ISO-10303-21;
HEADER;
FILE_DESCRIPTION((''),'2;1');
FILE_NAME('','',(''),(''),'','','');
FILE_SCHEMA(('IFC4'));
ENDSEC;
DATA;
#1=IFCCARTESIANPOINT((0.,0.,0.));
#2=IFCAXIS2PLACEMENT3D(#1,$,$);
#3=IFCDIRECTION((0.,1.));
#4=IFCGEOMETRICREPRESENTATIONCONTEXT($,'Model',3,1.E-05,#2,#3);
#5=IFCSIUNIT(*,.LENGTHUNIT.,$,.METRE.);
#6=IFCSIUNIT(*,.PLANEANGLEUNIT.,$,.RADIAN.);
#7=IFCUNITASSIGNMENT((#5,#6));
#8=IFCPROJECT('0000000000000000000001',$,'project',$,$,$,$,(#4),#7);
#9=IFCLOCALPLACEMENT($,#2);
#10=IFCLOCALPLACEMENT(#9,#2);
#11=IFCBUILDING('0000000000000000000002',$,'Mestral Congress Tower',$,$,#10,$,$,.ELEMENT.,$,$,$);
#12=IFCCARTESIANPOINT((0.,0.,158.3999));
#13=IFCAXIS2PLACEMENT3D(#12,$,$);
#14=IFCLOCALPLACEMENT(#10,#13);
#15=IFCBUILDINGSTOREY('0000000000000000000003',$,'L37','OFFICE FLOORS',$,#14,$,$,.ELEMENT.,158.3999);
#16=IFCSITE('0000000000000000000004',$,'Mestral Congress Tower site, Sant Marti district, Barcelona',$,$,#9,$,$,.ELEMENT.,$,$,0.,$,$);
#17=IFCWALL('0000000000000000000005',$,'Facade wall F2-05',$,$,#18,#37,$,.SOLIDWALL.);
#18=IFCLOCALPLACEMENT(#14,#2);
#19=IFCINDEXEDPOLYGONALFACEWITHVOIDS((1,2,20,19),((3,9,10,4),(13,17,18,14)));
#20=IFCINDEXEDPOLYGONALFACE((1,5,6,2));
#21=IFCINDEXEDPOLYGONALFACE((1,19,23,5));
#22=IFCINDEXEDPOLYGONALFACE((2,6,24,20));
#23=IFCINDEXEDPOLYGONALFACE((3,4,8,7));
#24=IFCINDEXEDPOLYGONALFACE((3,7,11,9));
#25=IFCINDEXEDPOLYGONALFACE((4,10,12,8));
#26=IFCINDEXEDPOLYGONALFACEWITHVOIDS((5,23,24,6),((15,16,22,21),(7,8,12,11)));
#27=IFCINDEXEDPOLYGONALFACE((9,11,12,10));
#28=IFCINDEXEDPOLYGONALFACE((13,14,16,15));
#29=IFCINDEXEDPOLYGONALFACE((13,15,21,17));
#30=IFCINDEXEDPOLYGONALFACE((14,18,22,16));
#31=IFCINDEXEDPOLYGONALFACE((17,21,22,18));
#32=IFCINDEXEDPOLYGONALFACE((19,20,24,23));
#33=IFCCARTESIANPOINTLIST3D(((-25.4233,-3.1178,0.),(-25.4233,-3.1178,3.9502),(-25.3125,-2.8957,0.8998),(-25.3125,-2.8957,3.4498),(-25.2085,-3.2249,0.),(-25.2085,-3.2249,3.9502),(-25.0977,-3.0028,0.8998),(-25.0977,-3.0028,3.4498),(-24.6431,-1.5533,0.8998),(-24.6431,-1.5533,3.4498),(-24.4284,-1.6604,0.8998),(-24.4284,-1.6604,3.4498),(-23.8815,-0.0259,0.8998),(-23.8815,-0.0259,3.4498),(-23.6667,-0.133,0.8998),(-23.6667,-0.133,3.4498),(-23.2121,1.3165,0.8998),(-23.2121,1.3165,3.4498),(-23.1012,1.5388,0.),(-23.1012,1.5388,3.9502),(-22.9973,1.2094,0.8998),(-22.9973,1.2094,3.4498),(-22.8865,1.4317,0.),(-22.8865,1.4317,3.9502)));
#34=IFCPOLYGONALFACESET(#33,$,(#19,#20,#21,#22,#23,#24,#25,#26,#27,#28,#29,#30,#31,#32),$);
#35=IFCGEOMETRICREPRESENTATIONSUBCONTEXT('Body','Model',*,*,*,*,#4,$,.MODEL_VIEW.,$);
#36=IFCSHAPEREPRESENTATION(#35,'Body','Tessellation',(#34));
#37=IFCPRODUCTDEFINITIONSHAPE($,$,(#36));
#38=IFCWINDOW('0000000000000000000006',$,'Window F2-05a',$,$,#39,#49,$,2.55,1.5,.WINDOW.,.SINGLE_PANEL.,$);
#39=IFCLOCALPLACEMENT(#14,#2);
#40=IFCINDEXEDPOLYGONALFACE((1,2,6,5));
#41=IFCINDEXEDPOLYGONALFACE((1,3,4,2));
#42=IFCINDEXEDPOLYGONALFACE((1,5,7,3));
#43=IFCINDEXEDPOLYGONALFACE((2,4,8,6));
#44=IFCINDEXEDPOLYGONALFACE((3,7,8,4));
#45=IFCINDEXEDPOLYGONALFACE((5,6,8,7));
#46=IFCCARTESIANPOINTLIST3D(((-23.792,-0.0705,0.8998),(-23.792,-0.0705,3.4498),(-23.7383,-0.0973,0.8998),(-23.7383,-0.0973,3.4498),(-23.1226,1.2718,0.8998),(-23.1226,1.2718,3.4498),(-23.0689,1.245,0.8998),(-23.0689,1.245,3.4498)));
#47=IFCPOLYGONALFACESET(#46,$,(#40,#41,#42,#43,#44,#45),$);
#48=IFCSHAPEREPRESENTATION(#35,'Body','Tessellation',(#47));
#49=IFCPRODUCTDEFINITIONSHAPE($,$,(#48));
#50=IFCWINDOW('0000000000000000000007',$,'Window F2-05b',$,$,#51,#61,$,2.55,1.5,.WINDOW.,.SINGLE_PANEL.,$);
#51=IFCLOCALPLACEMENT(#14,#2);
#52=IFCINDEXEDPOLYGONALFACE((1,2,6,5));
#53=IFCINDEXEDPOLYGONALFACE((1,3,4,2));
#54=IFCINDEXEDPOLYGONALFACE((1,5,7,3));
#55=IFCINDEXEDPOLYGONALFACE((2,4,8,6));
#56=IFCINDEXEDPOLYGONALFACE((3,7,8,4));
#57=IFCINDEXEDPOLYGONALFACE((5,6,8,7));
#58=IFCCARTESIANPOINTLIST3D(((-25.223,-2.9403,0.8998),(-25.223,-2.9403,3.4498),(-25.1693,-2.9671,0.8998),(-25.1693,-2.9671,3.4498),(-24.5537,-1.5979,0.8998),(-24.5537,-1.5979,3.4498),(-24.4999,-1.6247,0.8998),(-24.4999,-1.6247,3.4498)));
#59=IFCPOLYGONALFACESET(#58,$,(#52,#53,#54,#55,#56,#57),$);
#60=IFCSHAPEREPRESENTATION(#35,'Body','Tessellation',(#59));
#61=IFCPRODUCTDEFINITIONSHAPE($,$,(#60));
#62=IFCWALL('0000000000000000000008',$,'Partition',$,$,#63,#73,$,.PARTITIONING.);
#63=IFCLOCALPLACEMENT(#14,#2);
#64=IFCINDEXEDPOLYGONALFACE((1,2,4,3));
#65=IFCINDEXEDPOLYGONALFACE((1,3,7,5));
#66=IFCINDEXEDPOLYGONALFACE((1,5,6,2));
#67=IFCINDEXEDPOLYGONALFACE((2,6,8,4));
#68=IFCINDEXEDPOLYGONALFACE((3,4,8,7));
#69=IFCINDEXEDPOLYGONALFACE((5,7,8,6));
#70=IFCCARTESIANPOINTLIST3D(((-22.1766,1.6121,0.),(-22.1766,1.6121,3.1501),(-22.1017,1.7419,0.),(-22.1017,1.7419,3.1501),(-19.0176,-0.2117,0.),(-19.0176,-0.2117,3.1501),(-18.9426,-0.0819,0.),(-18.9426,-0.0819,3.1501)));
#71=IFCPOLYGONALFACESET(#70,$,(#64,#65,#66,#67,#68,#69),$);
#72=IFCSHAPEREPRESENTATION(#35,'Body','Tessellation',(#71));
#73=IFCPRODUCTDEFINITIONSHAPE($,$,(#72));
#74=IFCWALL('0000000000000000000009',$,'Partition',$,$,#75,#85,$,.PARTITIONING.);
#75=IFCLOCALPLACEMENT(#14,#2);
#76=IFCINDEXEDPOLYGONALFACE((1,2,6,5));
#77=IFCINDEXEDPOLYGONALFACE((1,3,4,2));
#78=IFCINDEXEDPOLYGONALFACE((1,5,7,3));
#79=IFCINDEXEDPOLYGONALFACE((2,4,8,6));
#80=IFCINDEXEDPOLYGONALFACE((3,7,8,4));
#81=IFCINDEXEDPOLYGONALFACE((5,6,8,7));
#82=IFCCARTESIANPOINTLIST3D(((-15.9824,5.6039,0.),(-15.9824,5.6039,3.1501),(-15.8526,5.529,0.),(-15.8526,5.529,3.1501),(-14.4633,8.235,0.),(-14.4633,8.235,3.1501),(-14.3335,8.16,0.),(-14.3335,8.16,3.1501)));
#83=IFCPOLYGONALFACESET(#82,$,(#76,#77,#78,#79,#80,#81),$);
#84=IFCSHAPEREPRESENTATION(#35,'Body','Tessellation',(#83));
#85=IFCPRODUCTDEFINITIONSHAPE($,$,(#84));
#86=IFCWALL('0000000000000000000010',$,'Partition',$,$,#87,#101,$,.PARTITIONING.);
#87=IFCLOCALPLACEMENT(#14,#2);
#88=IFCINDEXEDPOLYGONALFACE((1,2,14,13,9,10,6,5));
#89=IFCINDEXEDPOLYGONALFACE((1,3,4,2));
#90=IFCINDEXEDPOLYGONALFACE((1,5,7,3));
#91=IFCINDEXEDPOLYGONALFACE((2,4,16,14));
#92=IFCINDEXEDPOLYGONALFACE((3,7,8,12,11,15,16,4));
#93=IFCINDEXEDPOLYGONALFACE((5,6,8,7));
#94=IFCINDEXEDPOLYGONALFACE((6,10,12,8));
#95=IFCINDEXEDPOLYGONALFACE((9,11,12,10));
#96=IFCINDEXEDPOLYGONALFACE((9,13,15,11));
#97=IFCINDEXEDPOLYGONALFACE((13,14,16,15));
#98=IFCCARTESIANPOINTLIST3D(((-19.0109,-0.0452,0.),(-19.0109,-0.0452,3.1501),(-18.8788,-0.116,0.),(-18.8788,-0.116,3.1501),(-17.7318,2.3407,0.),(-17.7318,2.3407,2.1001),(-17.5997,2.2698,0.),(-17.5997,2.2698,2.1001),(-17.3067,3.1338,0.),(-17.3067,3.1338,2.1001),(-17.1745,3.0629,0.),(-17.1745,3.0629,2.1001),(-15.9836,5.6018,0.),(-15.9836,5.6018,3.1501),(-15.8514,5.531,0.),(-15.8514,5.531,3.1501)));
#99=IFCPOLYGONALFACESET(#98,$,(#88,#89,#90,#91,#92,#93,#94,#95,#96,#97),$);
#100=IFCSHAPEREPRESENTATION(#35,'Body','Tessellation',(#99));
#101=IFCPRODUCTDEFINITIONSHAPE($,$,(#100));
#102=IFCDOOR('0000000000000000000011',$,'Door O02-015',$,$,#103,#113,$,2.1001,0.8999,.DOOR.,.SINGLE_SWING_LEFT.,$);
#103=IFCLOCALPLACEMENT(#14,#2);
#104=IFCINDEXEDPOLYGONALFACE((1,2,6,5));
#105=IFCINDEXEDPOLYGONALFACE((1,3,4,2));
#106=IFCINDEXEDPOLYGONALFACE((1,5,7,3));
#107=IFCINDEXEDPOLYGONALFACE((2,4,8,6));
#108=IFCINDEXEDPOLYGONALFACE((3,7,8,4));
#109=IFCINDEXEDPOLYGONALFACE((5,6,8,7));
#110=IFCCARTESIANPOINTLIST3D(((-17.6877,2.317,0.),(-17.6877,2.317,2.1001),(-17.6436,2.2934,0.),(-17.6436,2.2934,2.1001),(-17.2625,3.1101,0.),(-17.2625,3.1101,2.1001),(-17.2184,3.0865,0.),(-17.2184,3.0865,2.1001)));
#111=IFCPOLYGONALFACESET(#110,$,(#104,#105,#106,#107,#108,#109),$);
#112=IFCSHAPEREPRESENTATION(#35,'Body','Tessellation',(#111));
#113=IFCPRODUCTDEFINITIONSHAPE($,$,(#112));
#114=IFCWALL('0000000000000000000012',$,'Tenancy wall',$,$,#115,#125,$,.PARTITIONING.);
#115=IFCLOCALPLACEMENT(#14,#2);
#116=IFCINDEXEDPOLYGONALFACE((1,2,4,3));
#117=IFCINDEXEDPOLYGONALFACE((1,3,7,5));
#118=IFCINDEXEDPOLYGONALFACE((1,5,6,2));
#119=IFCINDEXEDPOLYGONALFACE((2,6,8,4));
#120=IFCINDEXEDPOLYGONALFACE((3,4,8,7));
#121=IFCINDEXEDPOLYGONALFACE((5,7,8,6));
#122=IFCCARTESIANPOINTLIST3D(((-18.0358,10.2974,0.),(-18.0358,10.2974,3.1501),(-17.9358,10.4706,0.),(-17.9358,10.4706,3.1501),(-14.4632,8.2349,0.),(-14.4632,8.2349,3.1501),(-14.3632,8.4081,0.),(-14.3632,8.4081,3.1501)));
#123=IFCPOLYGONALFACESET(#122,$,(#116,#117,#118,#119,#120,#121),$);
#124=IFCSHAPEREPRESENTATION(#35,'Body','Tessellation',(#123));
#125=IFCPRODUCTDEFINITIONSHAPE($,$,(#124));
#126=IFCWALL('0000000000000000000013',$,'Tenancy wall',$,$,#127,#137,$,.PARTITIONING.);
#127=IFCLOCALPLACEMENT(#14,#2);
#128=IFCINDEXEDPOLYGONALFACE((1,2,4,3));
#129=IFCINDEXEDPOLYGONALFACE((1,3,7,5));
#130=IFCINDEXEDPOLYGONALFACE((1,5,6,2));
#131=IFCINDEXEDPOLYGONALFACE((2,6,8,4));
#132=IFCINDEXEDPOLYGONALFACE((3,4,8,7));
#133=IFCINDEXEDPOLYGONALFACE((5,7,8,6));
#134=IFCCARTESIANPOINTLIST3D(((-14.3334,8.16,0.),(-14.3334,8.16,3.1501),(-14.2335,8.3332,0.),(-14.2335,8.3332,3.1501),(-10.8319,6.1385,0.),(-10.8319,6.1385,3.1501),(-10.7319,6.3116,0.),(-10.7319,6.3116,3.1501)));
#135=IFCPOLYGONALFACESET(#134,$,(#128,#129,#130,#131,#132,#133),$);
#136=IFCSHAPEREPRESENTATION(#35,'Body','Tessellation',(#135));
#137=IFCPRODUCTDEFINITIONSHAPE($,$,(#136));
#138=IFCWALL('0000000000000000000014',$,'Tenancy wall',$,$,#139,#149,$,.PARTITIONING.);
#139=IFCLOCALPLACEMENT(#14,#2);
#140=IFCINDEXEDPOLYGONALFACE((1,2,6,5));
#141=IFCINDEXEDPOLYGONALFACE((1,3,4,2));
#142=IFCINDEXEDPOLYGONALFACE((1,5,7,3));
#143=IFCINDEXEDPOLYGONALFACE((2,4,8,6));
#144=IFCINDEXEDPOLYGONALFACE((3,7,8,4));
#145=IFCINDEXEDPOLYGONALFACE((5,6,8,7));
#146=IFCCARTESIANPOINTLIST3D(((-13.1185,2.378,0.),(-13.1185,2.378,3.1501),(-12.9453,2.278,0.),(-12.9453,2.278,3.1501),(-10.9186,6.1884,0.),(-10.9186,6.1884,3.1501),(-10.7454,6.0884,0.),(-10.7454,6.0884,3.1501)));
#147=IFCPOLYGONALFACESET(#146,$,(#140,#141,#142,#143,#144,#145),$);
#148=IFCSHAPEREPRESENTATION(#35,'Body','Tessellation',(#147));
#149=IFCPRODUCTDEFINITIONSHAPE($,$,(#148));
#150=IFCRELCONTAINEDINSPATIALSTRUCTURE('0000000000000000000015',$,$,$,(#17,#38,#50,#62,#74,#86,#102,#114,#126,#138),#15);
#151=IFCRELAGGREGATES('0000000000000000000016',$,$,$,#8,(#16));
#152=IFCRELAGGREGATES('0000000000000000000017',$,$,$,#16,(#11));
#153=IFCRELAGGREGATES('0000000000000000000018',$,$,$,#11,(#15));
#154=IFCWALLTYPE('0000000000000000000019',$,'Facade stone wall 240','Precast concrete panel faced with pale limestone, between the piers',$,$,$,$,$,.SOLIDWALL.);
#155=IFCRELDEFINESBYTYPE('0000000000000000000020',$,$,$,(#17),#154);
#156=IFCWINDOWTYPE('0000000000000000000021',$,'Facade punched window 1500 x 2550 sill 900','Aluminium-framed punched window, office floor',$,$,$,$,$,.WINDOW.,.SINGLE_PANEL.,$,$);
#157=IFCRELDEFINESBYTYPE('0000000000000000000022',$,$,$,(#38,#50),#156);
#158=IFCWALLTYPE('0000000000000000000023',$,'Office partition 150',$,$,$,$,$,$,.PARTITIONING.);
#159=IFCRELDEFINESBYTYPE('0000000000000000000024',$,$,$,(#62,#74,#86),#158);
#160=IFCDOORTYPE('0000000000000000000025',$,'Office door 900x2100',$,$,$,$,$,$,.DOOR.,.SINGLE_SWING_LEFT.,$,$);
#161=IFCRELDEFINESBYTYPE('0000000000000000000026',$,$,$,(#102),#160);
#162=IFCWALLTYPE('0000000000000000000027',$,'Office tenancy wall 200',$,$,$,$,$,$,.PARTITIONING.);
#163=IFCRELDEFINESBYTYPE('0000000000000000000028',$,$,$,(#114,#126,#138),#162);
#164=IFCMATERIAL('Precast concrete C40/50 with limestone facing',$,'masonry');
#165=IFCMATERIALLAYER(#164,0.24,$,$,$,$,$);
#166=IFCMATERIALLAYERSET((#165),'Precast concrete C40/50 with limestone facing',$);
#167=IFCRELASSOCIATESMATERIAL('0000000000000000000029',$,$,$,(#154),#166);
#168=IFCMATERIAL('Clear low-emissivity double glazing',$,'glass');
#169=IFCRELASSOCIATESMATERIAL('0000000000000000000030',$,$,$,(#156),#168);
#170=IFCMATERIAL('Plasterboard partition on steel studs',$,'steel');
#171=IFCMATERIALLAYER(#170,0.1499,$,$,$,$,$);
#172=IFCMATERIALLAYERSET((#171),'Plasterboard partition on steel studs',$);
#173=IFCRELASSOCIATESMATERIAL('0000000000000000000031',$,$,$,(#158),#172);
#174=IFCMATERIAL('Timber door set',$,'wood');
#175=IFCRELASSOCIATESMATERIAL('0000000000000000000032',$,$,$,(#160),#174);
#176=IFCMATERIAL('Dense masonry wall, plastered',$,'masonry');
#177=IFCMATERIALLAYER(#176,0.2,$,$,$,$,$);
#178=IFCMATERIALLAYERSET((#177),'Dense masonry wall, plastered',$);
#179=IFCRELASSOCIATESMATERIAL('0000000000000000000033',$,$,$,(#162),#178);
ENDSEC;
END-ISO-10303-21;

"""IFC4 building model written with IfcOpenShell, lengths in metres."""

from ifc_helpers import new_model, si_unit, direction, frame, frame_2d, origin, place, context, subcontext, project, spatial, rectangle, extrude, material, layer, layer_set, type_object, element, fill, save


model = new_model("IFC4")

# Units and contexts
model_context = context("Model", 3, precision=1e-05, world=origin(), true_north=direction((0.0, 1.0)))
body_context = subcontext(model_context, "Body", "Model", "MODEL_VIEW")
ifc_project = project(units=[si_unit("LENGTHUNIT", "METRE"), si_unit("PLANEANGLEUNIT", "RADIAN")], contexts=[model_context])

# Site, building, storey
site_placement = place(None, origin())
site = spatial("IfcSite", under=ifc_project, at=site_placement, Name="Mestral Congress Tower site, Sant Marti district, Barcelona", CompositionType="ELEMENT", RefElevation=0.0)
building_placement = place(site_placement, origin())
building = spatial("IfcBuilding", under=site, at=building_placement, Name="Mestral Congress Tower", CompositionType="ELEMENT")
storey_placement = place(building_placement, frame((0.0, 0.0, 158.3999)))
storey = spatial("IfcBuildingStorey", under=building, at=storey_placement, Name="L37", Description="OFFICE FLOORS", CompositionType="ELEMENT", Elevation=158.3999)

# Wall, openings, windows
ifc_material_1 = material(Name="Precast concrete C40/50 with limestone facing", Category="masonry")
ifc_layer_1 = layer(ifc_material_1, 0.24)
ifc_layer_set_1 = layer_set([ifc_layer_1], Name="Precast concrete C40/50 with limestone facing")
wall_type_1 = type_object("IfcWallType", Name="Facade stone wall 240", Description="Precast concrete panel faced with pale limestone, between the piers", PredefinedType="SOLIDWALL", material=ifc_layer_set_1)
ifc_material_2 = material(Name="Clear low-emissivity double glazing", Category="glass")
window_type = type_object("IfcWindowType", Name="Facade punched window 1500 x 2550 sill 900", Description="Aluminium-framed punched window, office floor", PartitioningType="SINGLE_PANEL", PredefinedType="WINDOW", material=ifc_material_2)
wall_1_placement = place(storey_placement, frame((-22.9939, 1.4851, 0.0), z_axis=(0.0, 0.0, 1.0), x_axis=(-0.446256, -0.894905, 0.0)))
wall_1 = element("IfcWall", 1, at=wall_1_placement, inside=storey, type_object=wall_type_1, Name="Facade wall F2-05", PredefinedType="SOLIDWALL", context=body_context, shape_type="SweptSolid", body=[
    extrude(rectangle(XDim=5.2034, YDim=0.24, at=frame_2d((2.6016, 0.0))), origin(), (0.0, 0.0, 1.0), 3.9502),
])
opening_1_placement = place(wall_1_placement, frame((0.2483, 0.0, 0.8999)))
opening_1 = element("IfcOpeningElement", 2, at=opening_1_placement, cuts=wall_1, PredefinedType="OPENING", context=body_context, shape_type="SweptSolid", body=[
    extrude(rectangle(XDim=1.5, YDim=2.55, at=frame_2d((0.75, 1.2749))), frame((0.0, 0.1299, 0.0), z_axis=(0.0, -1.0, 0.0), x_axis=(1.0, 0.0, 0.0)), (0.0, 0.0, 1.0), 0.26),
])
opening_2_placement = place(wall_1_placement, frame((3.4551, 0.0, 0.8999)))
opening_2 = element("IfcOpeningElement", 3, at=opening_2_placement, cuts=wall_1, PredefinedType="OPENING", context=body_context, shape_type="SweptSolid", body=[
    extrude(rectangle(XDim=1.5, YDim=2.55, at=frame_2d((0.75, 1.2749))), frame((0.0, 0.1299, 0.0), z_axis=(0.0, -1.0, 0.0), x_axis=(1.0, 0.0, 0.0)), (0.0, 0.0, 1.0), 0.26),
])
window_1_placement = place(opening_1_placement, origin())
window_1 = element("IfcWindow", 4, at=window_1_placement, inside=storey, type_object=window_type, Name="Window F2-05a", OverallHeight=2.55, OverallWidth=1.5, PartitioningType="SINGLE_PANEL", PredefinedType="WINDOW", context=body_context, shape_type="SweptSolid", body=[
    extrude(rectangle(XDim=1.5, YDim=2.55, at=frame_2d((0.75, 1.2749))), frame((0.0, 0.04, 0.0), z_axis=(0.0, -1.0, 0.0), x_axis=(1.0, 0.0, 0.0)), (0.0, 0.0, 1.0), 0.0601),
])
fill(opening_1, window_1)
window_2_placement = place(opening_2_placement, origin())
window_2 = element("IfcWindow", 5, at=window_2_placement, inside=storey, type_object=window_type, Name="Window F2-05b", OverallHeight=2.55, OverallWidth=1.5, PartitioningType="SINGLE_PANEL", PredefinedType="WINDOW", context=body_context, shape_type="SweptSolid", body=[
    extrude(rectangle(XDim=1.5, YDim=2.55, at=frame_2d((0.75, 1.2749))), frame((0.0, 0.04, 0.0), z_axis=(0.0, -1.0, 0.0), x_axis=(1.0, 0.0, 0.0)), (0.0, 0.0, 1.0), 0.0601),
])
fill(opening_2, window_2)

# Walls
ifc_material_3 = material(Name="Plasterboard partition on steel studs", Category="steel")
ifc_layer_2 = layer(ifc_material_3, 0.1499)
ifc_layer_set_2 = layer_set([ifc_layer_2], Name="Plasterboard partition on steel studs")
wall_type_2 = type_object("IfcWallType", Name="Office partition 150", PredefinedType="PARTITIONING", material=ifc_layer_set_2)
wall_2_placement = place(storey_placement, frame((-18.9802, -0.1467, 0.0), z_axis=(0.0, 0.0, 1.0), x_axis=(-0.866035, 0.499983, 0.0)))
element("IfcWall", 6, at=wall_2_placement, inside=storey, type_object=wall_type_2, Name="Partition", PredefinedType="PARTITIONING", context=body_context, shape_type="SweptSolid", body=[
    extrude(rectangle(XDim=3.6477, YDim=0.1499, at=frame_2d((1.8237, 0.0))), origin(), (0.0, 0.0, 1.0), 3.1501),
])
wall_3_placement = place(storey_placement, frame((-14.3984, 8.1975, 0.0), z_axis=(0.0, 0.0, 1.0), x_axis=(-0.499994, -0.866029, 0.0)))
element("IfcWall", 7, at=wall_3_placement, inside=storey, type_object=wall_type_2, Name="Partition", PredefinedType="PARTITIONING", context=body_context, shape_type="SweptSolid", body=[
    extrude(rectangle(XDim=3.0381, YDim=0.1499, at=frame_2d((1.519, 0.0))), origin(), (0.0, 0.0, 1.0), 3.1501),
])

# Wall, opening, door
wall_4_placement = place(storey_placement, frame((-18.9448, -0.0806, 0.0), z_axis=(0.0, 0.0, 1.0), x_axis=(0.472486, 0.881338, 0.0)))
wall_4 = element("IfcWall", 8, at=wall_4_placement, inside=storey, type_object=wall_type_2, Name="Partition", PredefinedType="PARTITIONING", context=body_context, shape_type="SweptSolid", body=[
    extrude(rectangle(XDim=6.4072, YDim=0.1499, at=frame_2d((3.2036, 0.0))), origin(), (0.0, 0.0, 1.0), 3.1501),
])
opening_3_placement = place(wall_4_placement, frame((2.707, 0.0, 0.0)))
opening_3 = element("IfcOpeningElement", 9, at=opening_3_placement, cuts=wall_4, PredefinedType="OPENING", context=body_context, shape_type="SweptSolid", body=[
    extrude(rectangle(XDim=0.8999, YDim=2.1001, at=frame_2d((0.45, 1.05))), frame((0.0, 0.085, 0.0), z_axis=(0.0, -1.0, 0.0), x_axis=(1.0, 0.0, 0.0)), (0.0, 0.0, 1.0), 0.1699),
])
ifc_material_4 = material(Name="Timber door set", Category="wood")
door_type_1 = type_object("IfcDoorType", Name="Office door 900x2100", OperationType="SINGLE_SWING_LEFT", PredefinedType="DOOR", material=ifc_material_4)
door_1_placement = place(opening_3_placement, origin())
door_1 = element("IfcDoor", 10, at=door_1_placement, inside=storey, type_object=door_type_1, Name="Door O02-015", OperationType="SINGLE_SWING_LEFT", OverallHeight=2.1001, OverallWidth=0.8999, PredefinedType="DOOR", context=body_context, shape_type="SweptSolid", body=[
    extrude(rectangle(XDim=0.8999, YDim=2.1001, at=frame_2d((0.45, 1.05))), frame((0.0, 0.0249, 0.0), z_axis=(0.0, -1.0, 0.0), x_axis=(1.0, 0.0, 0.0)), (0.0, 0.0, 1.0), 0.05),
])
fill(opening_3, door_1)

# Walls
ifc_material_5 = material(Name="Dense masonry wall, plastered", Category="masonry")
ifc_layer_3 = layer(ifc_material_5, 0.2)
ifc_layer_set_3 = layer_set([ifc_layer_3], Name="Dense masonry wall, plastered")
wall_type_3 = type_object("IfcWallType", Name="Office tenancy wall 200", PredefinedType="PARTITIONING", material=ifc_layer_set_3)
wall_5_placement = place(storey_placement, frame((-14.4133, 8.3215, 0.0), z_axis=(0.0, 0.0, 1.0), x_axis=(-0.866035, 0.499984, 0.0)))
element("IfcWall", 11, at=wall_5_placement, inside=storey, type_object=wall_type_3, Name="Tenancy wall", PredefinedType="PARTITIONING", context=body_context, shape_type="SweptSolid", body=[
    extrude(rectangle(XDim=4.1252, YDim=0.2, at=frame_2d((2.0625, 0.0))), origin(), (0.0, 0.0, 1.0), 3.1501),
])
wall_6_placement = place(storey_placement, frame((-10.782, 6.2251, 0.0), z_axis=(0.0, 0.0, 1.0), x_axis=(-0.866035, 0.499984, 0.0)))
element("IfcWall", 12, at=wall_6_placement, inside=storey, type_object=wall_type_3, Name="Tenancy wall", PredefinedType="PARTITIONING", context=body_context, shape_type="SweptSolid", body=[
    extrude(rectangle(XDim=4.0432, YDim=0.2, at=frame_2d((2.0215, 0.0))), origin(), (0.0, 0.0, 1.0), 3.1501),
])
wall_7_placement = place(storey_placement, frame((-10.832, 6.1384, 0.0), z_axis=(0.0, 0.0, 1.0), x_axis=(-0.499988, -0.866032, 0.0)))
element("IfcWall", 13, at=wall_7_placement, inside=storey, type_object=wall_type_3, Name="Tenancy wall", PredefinedType="PARTITIONING", context=body_context, shape_type="SweptSolid", body=[
    extrude(rectangle(XDim=4.3999, YDim=0.2, at=frame_2d((2.2, 0.0))), origin(), (0.0, 0.0, 1.0), 3.1501),
])

save(model, "model.ifc")
